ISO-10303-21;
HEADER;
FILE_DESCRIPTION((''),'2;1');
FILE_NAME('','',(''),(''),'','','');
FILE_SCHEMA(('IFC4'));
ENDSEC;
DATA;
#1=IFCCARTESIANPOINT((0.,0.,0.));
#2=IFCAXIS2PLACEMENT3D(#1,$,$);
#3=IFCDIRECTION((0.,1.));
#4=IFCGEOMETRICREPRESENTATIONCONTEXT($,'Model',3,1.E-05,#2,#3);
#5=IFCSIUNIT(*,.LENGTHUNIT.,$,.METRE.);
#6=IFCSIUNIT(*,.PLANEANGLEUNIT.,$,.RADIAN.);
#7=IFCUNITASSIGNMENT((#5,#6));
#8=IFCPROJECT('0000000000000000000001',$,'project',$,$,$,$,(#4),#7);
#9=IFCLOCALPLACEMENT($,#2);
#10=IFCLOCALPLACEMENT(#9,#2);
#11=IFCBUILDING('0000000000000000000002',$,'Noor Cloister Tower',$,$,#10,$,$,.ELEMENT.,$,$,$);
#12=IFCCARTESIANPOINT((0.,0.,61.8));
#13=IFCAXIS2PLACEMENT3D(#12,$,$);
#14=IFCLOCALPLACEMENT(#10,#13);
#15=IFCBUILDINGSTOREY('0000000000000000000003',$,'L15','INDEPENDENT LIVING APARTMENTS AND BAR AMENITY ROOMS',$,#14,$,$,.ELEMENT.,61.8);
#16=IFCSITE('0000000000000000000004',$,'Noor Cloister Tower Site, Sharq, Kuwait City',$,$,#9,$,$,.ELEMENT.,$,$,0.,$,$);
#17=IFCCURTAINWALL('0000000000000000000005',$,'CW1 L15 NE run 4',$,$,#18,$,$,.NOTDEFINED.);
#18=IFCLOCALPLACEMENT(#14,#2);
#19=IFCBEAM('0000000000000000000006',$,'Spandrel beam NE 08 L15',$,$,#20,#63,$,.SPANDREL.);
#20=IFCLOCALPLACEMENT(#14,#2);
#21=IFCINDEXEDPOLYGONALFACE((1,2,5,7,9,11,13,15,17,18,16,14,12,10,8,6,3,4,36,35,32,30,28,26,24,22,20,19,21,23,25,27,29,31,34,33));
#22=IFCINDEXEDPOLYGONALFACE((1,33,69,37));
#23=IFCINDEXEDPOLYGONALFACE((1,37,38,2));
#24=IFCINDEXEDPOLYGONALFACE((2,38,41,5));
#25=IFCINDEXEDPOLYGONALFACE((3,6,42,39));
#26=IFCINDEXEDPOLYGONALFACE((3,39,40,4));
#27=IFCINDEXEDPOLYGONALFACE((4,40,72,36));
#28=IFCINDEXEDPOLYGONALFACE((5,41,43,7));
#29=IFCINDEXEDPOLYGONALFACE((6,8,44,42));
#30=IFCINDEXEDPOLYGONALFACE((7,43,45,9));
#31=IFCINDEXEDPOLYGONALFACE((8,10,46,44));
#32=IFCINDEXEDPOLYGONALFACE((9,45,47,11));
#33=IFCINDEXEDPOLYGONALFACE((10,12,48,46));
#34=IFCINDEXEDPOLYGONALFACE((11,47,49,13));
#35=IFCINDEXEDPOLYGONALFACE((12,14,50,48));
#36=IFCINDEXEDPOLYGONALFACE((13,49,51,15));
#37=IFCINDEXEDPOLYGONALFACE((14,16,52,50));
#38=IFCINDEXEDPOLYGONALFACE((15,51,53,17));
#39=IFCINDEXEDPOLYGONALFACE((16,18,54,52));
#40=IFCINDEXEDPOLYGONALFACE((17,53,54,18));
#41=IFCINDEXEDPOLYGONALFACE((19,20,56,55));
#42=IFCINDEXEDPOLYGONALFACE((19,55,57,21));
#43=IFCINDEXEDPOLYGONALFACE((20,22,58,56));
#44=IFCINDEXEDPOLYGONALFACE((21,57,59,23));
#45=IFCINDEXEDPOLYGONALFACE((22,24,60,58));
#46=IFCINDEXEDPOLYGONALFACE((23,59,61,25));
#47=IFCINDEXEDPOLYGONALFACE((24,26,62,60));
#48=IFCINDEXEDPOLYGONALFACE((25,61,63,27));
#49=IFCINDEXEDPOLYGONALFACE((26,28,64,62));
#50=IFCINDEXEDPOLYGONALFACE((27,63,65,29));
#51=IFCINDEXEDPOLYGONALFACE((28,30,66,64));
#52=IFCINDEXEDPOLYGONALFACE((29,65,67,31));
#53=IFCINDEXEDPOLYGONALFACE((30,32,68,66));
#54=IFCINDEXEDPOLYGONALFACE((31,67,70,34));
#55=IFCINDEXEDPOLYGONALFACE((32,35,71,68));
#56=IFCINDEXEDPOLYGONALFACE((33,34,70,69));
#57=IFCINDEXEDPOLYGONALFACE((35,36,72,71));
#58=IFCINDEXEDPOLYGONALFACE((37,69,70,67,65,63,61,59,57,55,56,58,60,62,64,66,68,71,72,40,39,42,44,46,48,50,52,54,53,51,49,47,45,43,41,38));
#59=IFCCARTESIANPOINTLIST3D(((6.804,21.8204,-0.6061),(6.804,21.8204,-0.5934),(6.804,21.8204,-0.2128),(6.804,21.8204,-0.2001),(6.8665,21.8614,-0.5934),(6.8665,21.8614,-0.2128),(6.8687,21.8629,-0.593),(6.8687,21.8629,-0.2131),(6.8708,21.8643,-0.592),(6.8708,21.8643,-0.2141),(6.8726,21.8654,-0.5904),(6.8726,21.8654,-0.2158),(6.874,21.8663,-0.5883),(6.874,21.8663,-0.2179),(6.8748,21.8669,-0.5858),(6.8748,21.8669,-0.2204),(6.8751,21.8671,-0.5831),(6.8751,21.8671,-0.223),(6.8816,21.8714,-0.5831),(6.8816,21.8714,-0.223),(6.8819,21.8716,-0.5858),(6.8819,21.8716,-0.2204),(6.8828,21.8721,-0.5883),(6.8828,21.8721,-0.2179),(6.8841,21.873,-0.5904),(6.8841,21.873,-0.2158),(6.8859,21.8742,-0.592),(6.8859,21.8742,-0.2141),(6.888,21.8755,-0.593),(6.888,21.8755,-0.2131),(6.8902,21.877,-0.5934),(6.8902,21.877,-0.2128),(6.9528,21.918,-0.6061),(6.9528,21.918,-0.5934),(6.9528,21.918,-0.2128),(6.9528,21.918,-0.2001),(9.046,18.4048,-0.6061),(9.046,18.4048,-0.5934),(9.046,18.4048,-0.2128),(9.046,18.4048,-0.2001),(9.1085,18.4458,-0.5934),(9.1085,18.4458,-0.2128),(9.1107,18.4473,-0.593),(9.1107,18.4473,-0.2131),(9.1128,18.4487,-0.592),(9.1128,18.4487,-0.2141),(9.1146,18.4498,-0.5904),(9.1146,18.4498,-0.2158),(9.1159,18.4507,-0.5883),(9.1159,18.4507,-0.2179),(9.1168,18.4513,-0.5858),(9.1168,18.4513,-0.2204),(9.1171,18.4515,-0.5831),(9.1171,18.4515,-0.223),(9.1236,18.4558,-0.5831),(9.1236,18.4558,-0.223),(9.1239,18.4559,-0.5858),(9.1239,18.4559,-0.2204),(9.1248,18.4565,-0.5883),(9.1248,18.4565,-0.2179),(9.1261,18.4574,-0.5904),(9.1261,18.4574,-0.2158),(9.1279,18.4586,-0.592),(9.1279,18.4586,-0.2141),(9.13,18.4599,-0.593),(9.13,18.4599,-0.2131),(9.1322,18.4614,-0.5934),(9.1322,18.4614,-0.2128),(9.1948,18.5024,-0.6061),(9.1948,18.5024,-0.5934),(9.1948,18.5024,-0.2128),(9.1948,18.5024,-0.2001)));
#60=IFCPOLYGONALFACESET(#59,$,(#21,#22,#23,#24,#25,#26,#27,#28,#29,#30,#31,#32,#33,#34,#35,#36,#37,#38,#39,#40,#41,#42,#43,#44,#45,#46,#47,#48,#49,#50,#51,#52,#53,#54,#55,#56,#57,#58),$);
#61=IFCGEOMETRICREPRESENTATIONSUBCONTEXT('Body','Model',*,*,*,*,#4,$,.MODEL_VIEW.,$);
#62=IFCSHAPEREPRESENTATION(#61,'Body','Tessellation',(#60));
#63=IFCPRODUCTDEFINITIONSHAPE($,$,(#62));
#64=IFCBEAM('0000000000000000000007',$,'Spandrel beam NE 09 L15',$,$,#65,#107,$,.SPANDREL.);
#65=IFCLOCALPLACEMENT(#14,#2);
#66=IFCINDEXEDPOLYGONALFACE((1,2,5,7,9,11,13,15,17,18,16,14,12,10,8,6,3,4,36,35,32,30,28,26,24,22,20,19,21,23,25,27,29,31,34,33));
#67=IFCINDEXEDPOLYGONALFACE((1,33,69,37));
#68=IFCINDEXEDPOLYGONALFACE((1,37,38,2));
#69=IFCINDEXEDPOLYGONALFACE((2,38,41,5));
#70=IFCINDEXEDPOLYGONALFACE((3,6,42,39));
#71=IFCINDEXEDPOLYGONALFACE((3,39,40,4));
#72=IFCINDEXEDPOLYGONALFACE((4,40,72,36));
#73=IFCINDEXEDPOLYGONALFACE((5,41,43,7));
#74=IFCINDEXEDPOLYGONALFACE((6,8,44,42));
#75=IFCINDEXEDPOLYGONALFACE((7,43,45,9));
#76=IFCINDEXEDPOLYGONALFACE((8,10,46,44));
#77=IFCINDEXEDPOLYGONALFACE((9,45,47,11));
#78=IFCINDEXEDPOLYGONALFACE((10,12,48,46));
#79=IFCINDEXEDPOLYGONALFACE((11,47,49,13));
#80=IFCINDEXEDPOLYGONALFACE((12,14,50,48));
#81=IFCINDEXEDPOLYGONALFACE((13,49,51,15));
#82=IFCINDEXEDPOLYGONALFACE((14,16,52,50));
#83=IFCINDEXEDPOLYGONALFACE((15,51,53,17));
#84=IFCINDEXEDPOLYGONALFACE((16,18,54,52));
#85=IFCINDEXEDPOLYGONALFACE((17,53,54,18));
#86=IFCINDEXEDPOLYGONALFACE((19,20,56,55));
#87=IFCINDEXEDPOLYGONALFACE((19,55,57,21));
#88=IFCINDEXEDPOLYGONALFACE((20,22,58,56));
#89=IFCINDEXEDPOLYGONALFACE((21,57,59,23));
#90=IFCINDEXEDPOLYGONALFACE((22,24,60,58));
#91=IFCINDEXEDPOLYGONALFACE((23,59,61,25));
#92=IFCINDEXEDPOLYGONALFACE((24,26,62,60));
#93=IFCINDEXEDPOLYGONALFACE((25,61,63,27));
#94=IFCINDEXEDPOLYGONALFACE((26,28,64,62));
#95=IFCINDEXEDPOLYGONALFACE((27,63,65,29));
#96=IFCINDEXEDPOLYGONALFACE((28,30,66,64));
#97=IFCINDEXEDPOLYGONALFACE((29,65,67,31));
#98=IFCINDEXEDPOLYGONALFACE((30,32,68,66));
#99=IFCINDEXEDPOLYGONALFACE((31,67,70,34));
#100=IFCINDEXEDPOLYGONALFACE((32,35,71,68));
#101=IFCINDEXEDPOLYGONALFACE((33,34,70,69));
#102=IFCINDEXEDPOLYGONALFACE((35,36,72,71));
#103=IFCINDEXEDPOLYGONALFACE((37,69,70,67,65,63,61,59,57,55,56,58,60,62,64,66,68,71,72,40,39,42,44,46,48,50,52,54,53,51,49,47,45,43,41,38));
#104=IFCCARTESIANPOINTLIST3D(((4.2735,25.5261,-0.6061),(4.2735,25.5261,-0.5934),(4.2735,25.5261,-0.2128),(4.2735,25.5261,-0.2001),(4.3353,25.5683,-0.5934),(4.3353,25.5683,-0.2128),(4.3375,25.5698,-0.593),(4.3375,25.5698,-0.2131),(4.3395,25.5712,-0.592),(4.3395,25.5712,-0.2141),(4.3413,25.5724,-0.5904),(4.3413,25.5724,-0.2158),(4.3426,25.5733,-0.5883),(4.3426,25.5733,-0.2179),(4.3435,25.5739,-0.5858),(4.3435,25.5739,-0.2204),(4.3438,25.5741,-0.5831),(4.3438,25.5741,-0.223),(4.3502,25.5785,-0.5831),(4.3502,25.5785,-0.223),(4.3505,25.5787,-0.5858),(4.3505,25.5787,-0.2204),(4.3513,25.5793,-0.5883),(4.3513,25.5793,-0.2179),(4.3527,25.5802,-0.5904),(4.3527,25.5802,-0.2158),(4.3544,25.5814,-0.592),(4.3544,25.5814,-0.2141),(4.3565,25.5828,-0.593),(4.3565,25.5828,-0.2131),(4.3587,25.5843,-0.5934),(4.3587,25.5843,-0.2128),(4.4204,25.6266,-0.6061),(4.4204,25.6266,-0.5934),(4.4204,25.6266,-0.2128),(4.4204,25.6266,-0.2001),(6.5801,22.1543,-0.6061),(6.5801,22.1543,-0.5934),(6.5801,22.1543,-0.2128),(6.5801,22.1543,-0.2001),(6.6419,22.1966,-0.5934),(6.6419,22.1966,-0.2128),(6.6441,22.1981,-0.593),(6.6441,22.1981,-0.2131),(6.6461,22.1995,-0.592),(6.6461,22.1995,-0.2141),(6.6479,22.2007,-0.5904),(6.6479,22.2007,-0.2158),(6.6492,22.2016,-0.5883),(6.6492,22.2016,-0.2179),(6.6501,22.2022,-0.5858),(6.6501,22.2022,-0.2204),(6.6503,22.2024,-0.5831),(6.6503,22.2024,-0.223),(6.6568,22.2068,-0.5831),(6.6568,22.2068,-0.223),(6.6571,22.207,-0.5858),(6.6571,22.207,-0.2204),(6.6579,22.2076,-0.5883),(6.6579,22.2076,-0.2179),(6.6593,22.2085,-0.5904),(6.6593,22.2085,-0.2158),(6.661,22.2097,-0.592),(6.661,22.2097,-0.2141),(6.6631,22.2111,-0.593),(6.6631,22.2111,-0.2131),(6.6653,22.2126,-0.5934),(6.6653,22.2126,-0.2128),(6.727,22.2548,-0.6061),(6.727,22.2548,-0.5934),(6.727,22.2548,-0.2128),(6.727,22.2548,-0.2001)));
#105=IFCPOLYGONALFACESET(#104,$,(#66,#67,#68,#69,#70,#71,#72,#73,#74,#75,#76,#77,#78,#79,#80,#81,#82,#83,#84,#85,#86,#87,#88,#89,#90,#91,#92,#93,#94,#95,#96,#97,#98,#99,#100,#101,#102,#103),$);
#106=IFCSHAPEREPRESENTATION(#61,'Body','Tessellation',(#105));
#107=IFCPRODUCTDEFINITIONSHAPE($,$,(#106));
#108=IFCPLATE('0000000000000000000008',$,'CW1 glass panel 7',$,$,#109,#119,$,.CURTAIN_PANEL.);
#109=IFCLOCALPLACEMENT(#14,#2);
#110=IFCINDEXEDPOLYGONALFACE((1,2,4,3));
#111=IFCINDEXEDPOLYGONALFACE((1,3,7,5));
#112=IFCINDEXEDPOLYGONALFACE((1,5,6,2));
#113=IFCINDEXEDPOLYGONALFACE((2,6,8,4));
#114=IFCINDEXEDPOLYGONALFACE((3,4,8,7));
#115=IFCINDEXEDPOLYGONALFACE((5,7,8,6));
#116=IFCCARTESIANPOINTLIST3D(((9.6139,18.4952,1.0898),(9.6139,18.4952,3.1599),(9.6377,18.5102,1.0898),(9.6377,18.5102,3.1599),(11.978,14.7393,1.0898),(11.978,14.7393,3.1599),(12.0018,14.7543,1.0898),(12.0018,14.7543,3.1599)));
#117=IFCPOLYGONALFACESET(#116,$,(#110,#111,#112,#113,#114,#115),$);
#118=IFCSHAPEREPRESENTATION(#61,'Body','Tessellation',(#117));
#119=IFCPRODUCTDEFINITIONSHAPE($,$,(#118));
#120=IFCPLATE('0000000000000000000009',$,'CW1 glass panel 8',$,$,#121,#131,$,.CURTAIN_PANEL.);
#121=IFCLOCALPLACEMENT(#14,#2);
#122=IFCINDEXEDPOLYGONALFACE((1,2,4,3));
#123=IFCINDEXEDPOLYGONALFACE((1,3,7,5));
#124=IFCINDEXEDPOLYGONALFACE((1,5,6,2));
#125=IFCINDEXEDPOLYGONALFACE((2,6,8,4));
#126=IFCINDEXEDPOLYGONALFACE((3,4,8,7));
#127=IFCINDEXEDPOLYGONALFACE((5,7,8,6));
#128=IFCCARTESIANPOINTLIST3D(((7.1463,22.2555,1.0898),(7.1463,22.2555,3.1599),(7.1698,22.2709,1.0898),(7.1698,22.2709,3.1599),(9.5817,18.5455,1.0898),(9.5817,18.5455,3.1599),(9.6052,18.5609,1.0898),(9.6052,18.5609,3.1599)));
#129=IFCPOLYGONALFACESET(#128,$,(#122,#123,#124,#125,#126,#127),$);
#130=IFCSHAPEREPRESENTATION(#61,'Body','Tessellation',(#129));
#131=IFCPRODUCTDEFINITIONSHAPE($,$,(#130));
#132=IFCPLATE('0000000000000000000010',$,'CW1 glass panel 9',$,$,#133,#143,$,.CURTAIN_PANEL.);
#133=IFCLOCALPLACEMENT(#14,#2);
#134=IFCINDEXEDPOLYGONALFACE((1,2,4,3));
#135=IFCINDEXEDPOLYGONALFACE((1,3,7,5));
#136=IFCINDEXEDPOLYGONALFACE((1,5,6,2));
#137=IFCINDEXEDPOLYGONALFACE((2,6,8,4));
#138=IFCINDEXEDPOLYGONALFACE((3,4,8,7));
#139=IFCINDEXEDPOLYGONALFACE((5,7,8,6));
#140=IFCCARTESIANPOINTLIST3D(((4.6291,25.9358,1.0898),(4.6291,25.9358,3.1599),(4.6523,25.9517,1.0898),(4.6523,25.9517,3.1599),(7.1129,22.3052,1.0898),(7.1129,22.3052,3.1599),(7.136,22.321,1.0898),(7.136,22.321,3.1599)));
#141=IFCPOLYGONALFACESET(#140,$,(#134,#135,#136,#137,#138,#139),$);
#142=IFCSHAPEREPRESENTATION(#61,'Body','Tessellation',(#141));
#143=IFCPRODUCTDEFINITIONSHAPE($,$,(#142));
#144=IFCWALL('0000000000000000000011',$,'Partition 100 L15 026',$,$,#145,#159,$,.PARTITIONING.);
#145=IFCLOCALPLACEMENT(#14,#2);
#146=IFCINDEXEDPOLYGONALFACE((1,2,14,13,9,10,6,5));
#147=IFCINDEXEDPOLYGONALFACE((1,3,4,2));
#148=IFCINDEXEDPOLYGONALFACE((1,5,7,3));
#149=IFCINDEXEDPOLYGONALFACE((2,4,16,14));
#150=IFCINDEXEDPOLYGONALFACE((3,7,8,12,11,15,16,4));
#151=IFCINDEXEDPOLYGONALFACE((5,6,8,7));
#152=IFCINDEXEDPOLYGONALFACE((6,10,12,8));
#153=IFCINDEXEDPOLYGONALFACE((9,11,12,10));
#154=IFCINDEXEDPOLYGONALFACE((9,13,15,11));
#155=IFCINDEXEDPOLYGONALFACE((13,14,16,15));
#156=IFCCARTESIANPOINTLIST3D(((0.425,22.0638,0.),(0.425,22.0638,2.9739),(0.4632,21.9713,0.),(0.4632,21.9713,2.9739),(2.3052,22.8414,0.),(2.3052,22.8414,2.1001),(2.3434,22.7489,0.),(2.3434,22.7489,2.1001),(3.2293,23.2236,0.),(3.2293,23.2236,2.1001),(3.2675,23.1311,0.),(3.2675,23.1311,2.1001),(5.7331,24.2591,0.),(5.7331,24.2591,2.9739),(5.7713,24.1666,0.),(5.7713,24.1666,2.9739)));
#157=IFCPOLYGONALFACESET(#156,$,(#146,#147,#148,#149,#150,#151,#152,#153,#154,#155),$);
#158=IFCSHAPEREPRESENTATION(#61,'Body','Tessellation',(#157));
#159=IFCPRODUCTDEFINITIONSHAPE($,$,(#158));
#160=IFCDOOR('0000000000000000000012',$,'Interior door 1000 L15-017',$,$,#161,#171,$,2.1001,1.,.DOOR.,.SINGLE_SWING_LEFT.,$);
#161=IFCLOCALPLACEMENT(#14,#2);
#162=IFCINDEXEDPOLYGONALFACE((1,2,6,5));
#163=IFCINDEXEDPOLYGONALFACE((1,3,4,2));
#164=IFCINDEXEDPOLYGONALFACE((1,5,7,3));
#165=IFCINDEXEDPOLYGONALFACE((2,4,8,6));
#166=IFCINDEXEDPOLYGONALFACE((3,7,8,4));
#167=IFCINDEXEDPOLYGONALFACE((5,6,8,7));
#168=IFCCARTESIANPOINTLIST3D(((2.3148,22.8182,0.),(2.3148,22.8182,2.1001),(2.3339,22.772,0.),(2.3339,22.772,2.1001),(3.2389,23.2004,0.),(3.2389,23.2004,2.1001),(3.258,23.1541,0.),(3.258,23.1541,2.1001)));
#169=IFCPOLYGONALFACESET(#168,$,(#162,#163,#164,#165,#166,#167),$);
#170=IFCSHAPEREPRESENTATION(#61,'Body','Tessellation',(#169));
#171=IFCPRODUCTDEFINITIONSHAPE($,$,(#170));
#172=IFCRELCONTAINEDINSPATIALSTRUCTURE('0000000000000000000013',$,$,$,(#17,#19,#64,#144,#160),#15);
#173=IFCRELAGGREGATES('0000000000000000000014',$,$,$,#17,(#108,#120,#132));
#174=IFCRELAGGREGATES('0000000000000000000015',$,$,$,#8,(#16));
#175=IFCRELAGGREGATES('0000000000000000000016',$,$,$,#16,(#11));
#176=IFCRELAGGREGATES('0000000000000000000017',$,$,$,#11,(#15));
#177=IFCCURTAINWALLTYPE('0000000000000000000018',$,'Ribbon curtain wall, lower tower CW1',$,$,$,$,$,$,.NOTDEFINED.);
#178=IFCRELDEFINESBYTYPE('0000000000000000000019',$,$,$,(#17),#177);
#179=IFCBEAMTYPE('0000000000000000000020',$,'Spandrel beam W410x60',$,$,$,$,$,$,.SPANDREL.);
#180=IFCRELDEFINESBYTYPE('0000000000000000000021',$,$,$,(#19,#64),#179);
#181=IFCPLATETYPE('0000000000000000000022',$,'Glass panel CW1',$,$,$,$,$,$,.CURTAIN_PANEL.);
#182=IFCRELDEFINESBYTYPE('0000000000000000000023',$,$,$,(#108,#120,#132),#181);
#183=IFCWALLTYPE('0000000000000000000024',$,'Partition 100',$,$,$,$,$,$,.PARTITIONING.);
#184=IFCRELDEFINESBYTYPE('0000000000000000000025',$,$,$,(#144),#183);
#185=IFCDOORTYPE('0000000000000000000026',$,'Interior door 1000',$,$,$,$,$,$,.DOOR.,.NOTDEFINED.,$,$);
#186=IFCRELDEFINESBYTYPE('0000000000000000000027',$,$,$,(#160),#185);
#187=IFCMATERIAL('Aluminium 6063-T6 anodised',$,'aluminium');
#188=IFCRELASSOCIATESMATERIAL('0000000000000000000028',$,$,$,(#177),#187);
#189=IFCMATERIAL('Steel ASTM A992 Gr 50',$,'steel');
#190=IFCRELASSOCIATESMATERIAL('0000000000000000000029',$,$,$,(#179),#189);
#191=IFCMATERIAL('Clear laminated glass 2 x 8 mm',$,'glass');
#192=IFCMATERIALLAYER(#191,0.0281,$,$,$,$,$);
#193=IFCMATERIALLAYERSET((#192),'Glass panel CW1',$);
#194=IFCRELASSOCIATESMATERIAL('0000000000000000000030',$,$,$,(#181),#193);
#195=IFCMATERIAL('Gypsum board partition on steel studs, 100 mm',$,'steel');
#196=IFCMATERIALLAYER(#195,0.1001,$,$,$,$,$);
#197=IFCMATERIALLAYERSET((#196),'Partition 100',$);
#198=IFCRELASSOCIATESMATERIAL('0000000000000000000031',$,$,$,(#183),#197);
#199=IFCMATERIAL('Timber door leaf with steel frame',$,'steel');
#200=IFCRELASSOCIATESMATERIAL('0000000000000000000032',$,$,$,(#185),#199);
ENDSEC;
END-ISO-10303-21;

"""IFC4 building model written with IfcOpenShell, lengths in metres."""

from ifc_helpers import new_model, si_unit, direction, frame, frame_2d, origin, origin_2d, place, context, subcontext, project, spatial, rectangle, i_section, extrude, material, layer, layer_set, material_profile, profile_set, type_object, element, fill, aggregate, save


model = new_model("IFC4")

# Units and contexts
model_context = context("Model", 3, precision=1e-05, world=origin(), true_north=direction((0.0, 1.0)))
body_context = subcontext(model_context, "Body", "Model", "MODEL_VIEW")
ifc_project = project(units=[si_unit("LENGTHUNIT", "METRE"), si_unit("PLANEANGLEUNIT", "RADIAN")], contexts=[model_context])

# Site, building, storey
site_placement = place(None, origin())
site = spatial("IfcSite", under=ifc_project, at=site_placement, Name="Noor Cloister Tower Site, Sharq, Kuwait City", CompositionType="ELEMENT", RefElevation=0.0)
building_placement = place(site_placement, origin())
building = spatial("IfcBuilding", under=site, at=building_placement, Name="Noor Cloister Tower", CompositionType="ELEMENT")
storey_placement = place(building_placement, frame((0.0, 0.0, 61.8)))
storey = spatial("IfcBuildingStorey", under=building, at=storey_placement, Name="L15", Description="INDEPENDENT LIVING APARTMENTS AND BAR AMENITY ROOMS", CompositionType="ELEMENT", Elevation=61.8)

# Curtain wall
ifc_material_1 = material(Name="Aluminium 6063-T6 anodised", Category="aluminium")
curtain_wall_type = type_object("IfcCurtainWallType", Name="Ribbon curtain wall, lower tower CW1", PredefinedType="NOTDEFINED", material=ifc_material_1)
curtain_wall_placement = place(storey_placement, origin())
curtain_wall = element("IfcCurtainWall", 1, at=curtain_wall_placement, inside=storey, type_object=curtain_wall_type, Name="CW1 L15 NE run 4", PredefinedType="NOTDEFINED")

# Beams
ifc_material_2 = material(Name="Steel ASTM A992 Gr 50", Category="steel")
ifc_material_profile_1 = material_profile(ifc_material_2, i_section(OverallWidth=0.178, OverallDepth=0.406, WebThickness=0.0078, FlangeThickness=0.0127, FilletRadius=0.0103, at=origin_2d()), Name="W410x60")
ifc_profile_set_1 = profile_set([ifc_material_profile_1], Name="Steel ASTM A992 Gr 50")
beam_type_1 = type_object("IfcBeamType", Name="Spandrel beam W410x60", PredefinedType="SPANDREL", material=ifc_profile_set_1)
beam_1_placement = place(storey_placement, frame((9.1204, 18.4536, -0.4031), z_axis=(-0.548743, 0.835991, 0.0), x_axis=(-0.835991, -0.548743, 0.0)))
element("IfcBeam", 2, at=beam_1_placement, inside=storey, type_object=beam_type_1, Name="Spandrel beam NE 08 L15", PredefinedType="SPANDREL", context=body_context, shape_type="SweptSolid", body=[
    extrude(i_section(OverallWidth=0.178, OverallDepth=0.406, WebThickness=0.0078, FlangeThickness=0.0127, FilletRadius=0.0103, at=origin_2d()), origin(), (0.0, 0.0, 1.0), 4.0857),
])
beam_2_placement = place(storey_placement, frame((6.6536, 22.2046, -0.4031), z_axis=(-0.564618, 0.825353, 0.0), x_axis=(-0.825353, -0.564618, 0.0)))
element("IfcBeam", 3, at=beam_2_placement, inside=storey, type_object=beam_type_1, Name="Spandrel beam NE 09 L15", PredefinedType="SPANDREL", context=body_context, shape_type="SweptSolid", body=[
    extrude(i_section(OverallWidth=0.178, OverallDepth=0.406, WebThickness=0.0078, FlangeThickness=0.0127, FilletRadius=0.0103, at=origin_2d()), origin(), (0.0, 0.0, 1.0), 4.0852),
])

# Plates
ifc_material_3 = material(Name="Clear laminated glass 2 x 8 mm", Category="glass")
ifc_layer_1 = layer(ifc_material_3, 0.0281)
ifc_layer_set_1 = layer_set([ifc_layer_1], Name="Glass panel CW1")
plate_type = type_object("IfcPlateType", Name="Glass panel CW1", PredefinedType="CURTAIN_PANEL", material=ifc_layer_set_1)
plate_1_placement = place(storey_placement, frame((10.8079, 16.6248, 1.0898), z_axis=(0.0, 0.0, 1.0), x_axis=(-0.532703, 0.846302, 0.0)))
plate_1 = element("IfcPlate", 4, at=plate_1_placement, type_object=plate_type, Name="CW1 glass panel 7", PredefinedType="CURTAIN_PANEL", context=body_context, shape_type="SweptSolid", body=[
    extrude(rectangle(XDim=4.438, YDim=0.0281, at=origin_2d()), origin(), (0.0, 0.0, 1.0), 2.0701),
])
plate_2_placement = place(storey_placement, frame((8.3757, 20.4082, 1.0898), z_axis=(0.0, 0.0, 1.0), x_axis=(-0.548766, 0.835976, 0.0)))
plate_2 = element("IfcPlate", 5, at=plate_2_placement, type_object=plate_type, Name="CW1 glass panel 8", PredefinedType="CURTAIN_PANEL", context=body_context, shape_type="SweptSolid", body=[
    extrude(rectangle(XDim=4.438, YDim=0.0281, at=origin_2d()), origin(), (0.0, 0.0, 1.0), 2.0701),
])
plate_3_placement = place(storey_placement, frame((5.8826, 24.1284, 1.0898), z_axis=(0.0, 0.0, 1.0), x_axis=(-0.564629, 0.825345, 0.0)))
plate_3 = element("IfcPlate", 6, at=plate_3_placement, type_object=plate_type, Name="CW1 glass panel 9", PredefinedType="CURTAIN_PANEL", context=body_context, shape_type="SweptSolid", body=[
    extrude(rectangle(XDim=4.3989, YDim=0.0281, at=origin_2d()), origin(), (0.0, 0.0, 1.0), 2.0701),
])
aggregate(curtain_wall, [plate_1, plate_2, plate_3])

# Wall, opening, door
ifc_material_4 = material(Name="Gypsum board partition on steel studs, 100 mm", Category="steel")
ifc_layer_2 = layer(ifc_material_4, 0.1001)
ifc_layer_set_2 = layer_set([ifc_layer_2], Name="Partition 100")
wall_type = type_object("IfcWallType", Name="Partition 100", PredefinedType="PARTITIONING", material=ifc_layer_set_2)
wall_1_placement = place(storey_placement, frame((0.4441, 22.0176, 0.0), z_axis=(0.0, 0.0, 1.0), x_axis=(0.924087, 0.382182, 0.0)))
wall_1 = element("IfcWall", 7, at=wall_1_placement, inside=storey, type_object=wall_type, Name="Partition 100 L15 026", PredefinedType="PARTITIONING", context=body_context, shape_type="SweptSolid", body=[
    extrude(rectangle(XDim=5.7441, YDim=0.1001, at=frame_2d((2.8721, 0.0))), origin(), (0.0, 0.0, 1.0), 2.9739),
])
opening_1_placement = place(wall_1_placement, frame((2.0347, 0.0, 0.0)))
opening_1 = element("IfcOpeningElement", 8, at=opening_1_placement, cuts=wall_1, PredefinedType="OPENING", context=body_context, shape_type="SweptSolid", body=[
    extrude(rectangle(XDim=1.0, YDim=2.1001, at=frame_2d((0.5, 1.05))), frame((0.0, 0.0601, 0.0), z_axis=(0.0, -1.0, 0.0), x_axis=(1.0, 0.0, 0.0)), (0.0, 0.0, 1.0), 0.1201),
])
ifc_material_5 = material(Name="Timber door leaf with steel frame", Category="steel")
door_type = type_object("IfcDoorType", Name="Interior door 1000", OperationType="NOTDEFINED", PredefinedType="DOOR", material=ifc_material_5)
door_1_placement = place(opening_1_placement, origin())
door_1 = element("IfcDoor", 9, at=door_1_placement, inside=storey, type_object=door_type, Name="Interior door 1000 L15-017", OperationType="SINGLE_SWING_LEFT", OverallHeight=2.1001, OverallWidth=1.0, PredefinedType="DOOR", context=body_context, shape_type="SweptSolid", body=[
    extrude(rectangle(XDim=1.0, YDim=2.1001, at=frame_2d((0.5, 1.05))), frame((0.0, 0.0249, 0.0), z_axis=(0.0, -1.0, 0.0), x_axis=(1.0, 0.0, 0.0)), (0.0, 0.0, 1.0), 0.05),
])
fill(opening_1, door_1)

save(model, "model.ifc")
